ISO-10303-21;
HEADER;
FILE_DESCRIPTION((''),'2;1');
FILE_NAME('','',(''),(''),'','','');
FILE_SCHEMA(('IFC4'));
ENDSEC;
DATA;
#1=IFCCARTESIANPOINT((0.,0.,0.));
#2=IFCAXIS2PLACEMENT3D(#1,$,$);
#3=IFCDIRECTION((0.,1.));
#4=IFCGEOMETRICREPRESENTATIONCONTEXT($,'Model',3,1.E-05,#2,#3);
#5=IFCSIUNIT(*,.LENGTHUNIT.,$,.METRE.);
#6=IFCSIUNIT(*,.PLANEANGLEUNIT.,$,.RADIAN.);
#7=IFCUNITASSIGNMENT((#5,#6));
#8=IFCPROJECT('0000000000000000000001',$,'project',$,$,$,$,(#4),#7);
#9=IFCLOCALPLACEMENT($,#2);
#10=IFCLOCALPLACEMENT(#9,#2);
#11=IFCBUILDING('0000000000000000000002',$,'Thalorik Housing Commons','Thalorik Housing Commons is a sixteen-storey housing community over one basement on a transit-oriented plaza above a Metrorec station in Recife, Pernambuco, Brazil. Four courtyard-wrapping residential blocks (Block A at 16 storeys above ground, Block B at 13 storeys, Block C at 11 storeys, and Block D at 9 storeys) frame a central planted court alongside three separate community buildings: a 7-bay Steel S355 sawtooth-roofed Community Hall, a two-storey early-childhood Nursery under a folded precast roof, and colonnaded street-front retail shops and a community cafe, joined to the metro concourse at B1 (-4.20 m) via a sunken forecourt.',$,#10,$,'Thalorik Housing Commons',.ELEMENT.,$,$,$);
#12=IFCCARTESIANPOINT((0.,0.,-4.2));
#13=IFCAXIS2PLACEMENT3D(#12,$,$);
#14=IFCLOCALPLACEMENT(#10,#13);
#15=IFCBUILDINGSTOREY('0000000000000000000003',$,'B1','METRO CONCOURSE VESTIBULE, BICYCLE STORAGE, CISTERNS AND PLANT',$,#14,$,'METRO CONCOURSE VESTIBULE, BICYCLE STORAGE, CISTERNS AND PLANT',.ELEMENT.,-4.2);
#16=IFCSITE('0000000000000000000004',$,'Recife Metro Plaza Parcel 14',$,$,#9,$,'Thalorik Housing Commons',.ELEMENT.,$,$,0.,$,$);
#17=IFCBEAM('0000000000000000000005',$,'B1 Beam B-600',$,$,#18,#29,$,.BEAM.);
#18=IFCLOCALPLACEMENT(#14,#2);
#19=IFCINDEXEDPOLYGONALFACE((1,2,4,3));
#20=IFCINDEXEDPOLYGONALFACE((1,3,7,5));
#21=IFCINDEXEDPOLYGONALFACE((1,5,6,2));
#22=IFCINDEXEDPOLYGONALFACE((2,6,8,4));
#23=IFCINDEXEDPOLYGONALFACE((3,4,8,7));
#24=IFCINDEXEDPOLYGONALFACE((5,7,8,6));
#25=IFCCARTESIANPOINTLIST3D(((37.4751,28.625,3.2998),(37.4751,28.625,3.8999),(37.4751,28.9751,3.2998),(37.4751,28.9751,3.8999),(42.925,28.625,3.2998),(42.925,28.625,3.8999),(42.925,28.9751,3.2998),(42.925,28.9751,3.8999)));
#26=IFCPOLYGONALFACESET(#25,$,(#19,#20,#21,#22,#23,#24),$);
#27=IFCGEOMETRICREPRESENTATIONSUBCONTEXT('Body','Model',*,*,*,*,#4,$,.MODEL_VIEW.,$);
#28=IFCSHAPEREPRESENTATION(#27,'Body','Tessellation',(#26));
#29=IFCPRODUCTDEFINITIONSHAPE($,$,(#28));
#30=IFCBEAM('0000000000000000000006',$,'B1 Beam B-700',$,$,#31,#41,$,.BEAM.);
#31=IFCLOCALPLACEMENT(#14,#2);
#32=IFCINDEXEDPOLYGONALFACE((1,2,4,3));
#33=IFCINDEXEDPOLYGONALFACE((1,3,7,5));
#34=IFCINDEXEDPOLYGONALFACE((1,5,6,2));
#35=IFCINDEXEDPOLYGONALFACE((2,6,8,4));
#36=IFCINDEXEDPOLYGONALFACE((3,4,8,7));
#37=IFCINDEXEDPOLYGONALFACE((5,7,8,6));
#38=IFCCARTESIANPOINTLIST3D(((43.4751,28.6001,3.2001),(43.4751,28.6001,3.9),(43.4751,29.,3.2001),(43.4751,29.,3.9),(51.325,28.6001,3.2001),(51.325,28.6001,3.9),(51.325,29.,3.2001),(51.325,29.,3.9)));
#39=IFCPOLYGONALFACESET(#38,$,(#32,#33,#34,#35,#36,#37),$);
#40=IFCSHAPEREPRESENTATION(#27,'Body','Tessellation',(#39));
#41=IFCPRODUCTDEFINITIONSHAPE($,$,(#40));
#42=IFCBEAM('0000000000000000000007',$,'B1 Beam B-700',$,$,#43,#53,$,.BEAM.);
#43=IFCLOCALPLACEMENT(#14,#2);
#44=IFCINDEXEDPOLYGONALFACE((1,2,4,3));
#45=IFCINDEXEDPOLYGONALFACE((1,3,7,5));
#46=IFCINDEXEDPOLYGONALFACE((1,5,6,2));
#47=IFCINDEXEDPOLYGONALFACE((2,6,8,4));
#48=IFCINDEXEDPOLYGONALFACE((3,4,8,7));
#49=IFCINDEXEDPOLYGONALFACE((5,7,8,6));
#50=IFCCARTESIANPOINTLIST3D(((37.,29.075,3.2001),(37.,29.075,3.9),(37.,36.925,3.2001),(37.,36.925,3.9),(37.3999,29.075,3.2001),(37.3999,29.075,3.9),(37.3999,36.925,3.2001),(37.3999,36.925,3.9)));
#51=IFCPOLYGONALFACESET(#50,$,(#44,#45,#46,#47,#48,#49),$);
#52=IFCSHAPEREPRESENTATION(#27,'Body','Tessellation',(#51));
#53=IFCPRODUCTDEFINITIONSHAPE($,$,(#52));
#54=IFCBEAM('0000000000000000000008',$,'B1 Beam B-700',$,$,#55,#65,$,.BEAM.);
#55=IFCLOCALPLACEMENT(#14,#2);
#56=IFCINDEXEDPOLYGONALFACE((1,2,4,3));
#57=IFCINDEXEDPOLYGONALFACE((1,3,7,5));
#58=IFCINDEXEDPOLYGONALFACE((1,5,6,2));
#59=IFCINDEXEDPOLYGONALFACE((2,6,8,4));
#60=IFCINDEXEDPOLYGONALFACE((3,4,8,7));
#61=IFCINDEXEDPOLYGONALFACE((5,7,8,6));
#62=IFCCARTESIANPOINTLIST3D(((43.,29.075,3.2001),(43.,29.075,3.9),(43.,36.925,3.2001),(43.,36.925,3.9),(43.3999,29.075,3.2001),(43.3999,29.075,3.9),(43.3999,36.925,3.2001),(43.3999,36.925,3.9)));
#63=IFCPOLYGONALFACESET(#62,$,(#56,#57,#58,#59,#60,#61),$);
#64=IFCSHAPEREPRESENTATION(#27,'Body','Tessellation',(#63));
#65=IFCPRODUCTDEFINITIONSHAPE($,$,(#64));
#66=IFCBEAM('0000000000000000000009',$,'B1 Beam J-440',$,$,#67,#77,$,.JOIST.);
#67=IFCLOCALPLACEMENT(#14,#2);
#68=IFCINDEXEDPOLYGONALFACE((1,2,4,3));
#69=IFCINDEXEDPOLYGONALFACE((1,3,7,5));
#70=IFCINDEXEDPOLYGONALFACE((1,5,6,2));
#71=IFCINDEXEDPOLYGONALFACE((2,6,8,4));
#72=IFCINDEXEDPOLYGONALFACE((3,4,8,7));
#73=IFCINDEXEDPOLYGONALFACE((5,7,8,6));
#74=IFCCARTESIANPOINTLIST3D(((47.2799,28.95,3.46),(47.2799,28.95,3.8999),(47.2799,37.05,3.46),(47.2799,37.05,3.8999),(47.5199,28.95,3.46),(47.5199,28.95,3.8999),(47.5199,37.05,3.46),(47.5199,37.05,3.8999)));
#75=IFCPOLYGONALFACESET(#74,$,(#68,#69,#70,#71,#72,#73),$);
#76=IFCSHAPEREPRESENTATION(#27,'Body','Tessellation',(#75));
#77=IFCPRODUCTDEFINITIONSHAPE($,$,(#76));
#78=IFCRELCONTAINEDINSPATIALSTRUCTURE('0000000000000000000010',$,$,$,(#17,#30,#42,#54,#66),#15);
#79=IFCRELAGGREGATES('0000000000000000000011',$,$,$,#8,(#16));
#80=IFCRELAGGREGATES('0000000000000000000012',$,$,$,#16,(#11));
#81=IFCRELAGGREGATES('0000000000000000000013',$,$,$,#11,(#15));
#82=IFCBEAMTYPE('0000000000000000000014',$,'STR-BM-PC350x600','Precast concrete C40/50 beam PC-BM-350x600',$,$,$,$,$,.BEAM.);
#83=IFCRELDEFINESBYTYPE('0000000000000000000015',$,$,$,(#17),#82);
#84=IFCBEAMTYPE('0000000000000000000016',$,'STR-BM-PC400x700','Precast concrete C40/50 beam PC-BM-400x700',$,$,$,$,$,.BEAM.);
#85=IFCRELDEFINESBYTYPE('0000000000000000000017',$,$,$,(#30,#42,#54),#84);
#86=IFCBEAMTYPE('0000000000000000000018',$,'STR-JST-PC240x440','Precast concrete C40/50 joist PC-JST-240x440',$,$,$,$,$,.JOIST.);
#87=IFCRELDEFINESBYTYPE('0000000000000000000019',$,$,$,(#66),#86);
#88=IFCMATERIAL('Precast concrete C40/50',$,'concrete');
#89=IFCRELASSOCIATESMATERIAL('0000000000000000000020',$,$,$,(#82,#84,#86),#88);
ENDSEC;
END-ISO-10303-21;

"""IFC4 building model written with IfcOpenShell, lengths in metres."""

from ifc_helpers import new_model, si_unit, direction, frame, origin, origin_2d, place, context, subcontext, project, spatial, rectangle, extrude, material, material_profile, profile_set, type_object, element, save


model = new_model("IFC4")

# Units and contexts
model_context = context("Model", 3, precision=1e-05, world=origin(), true_north=direction((0.0, 1.0)))
body_context = subcontext(model_context, "Body", "Model", "MODEL_VIEW")
ifc_project = project(units=[si_unit("LENGTHUNIT", "METRE"), si_unit("PLANEANGLEUNIT", "RADIAN")], contexts=[model_context])

# Site, building, storey
site_placement = place(None, origin())
site = spatial("IfcSite", under=ifc_project, at=site_placement, Name="Recife Metro Plaza Parcel 14", LongName="Thalorik Housing Commons", CompositionType="ELEMENT", RefElevation=0.0)
building_placement = place(site_placement, origin())
building = spatial("IfcBuilding", under=site, at=building_placement, Name="Thalorik Housing Commons", Description="Thalorik Housing Commons is a sixteen-storey housing community over one basement on a transit-oriented plaza above a Metrorec station in Recife, Pernambuco, Brazil. Four courtyard-wrapping residential blocks (Block A at 16 storeys above ground, Block B at 13 storeys, Block C at 11 storeys, and Block D at 9 storeys) frame a central planted court alongside three separate community buildings: a 7-bay Steel S355 sawtooth-roofed Community Hall, a two-storey early-childhood Nursery under a folded precast roof, and colonnaded street-front retail shops and a community cafe, joined to the metro concourse at B1 (-4.20 m) via a sunken forecourt.", LongName="Thalorik Housing Commons", CompositionType="ELEMENT")
storey_placement = place(building_placement, frame((0.0, 0.0, -4.2)))
storey = spatial("IfcBuildingStorey", under=building, at=storey_placement, Name="B1", Description="METRO CONCOURSE VESTIBULE, BICYCLE STORAGE, CISTERNS AND PLANT", LongName="METRO CONCOURSE VESTIBULE, BICYCLE STORAGE, CISTERNS AND PLANT", CompositionType="ELEMENT", Elevation=-4.2)

# Shared definitions
ifc_material_1 = material(Name="Precast concrete C40/50", Category="concrete")

# Beams
ifc_material_profile_1 = material_profile(ifc_material_1, rectangle(XDim=0.3501, YDim=0.6001, at=origin_2d()), Name="PC 350x600", Category="concrete")
ifc_profile_set_1 = profile_set([ifc_material_profile_1], Name="Precast concrete C40/50")
beam_type_1 = type_object("IfcBeamType", Name="STR-BM-PC350x600", Description="Precast concrete C40/50 beam PC-BM-350x600", PredefinedType="BEAM", material=ifc_profile_set_1)
beam_1_placement = place(storey_placement, frame((37.4751, 28.8, 3.5999), z_axis=(1.0, 0.0, 0.0), x_axis=(0.0, 1.0, 0.0)))
element("IfcBeam", 1, at=beam_1_placement, inside=storey, type_object=beam_type_1, Name="B1 Beam B-600", PredefinedType="BEAM", context=body_context, shape_type="SweptSolid", body=[
    extrude(rectangle(XDim=0.3501, YDim=0.6001, at=origin_2d()), origin(), (0.0, 0.0, 1.0), 5.45),
])
ifc_material_profile_2 = material_profile(ifc_material_1, rectangle(XDim=0.3999, YDim=0.7, at=origin_2d()), Name="PC 400x700", Category="concrete")
ifc_profile_set_2 = profile_set([ifc_material_profile_2], Name="Precast concrete C40/50")
beam_type_2 = type_object("IfcBeamType", Name="STR-BM-PC400x700", Description="Precast concrete C40/50 beam PC-BM-400x700", PredefinedType="BEAM", material=ifc_profile_set_2)
beam_2_placement = place(storey_placement, frame((43.4751, 28.8, 3.55), z_axis=(1.0, 0.0, 0.0), x_axis=(0.0, 1.0, 0.0)))
element("IfcBeam", 2, at=beam_2_placement, inside=storey, type_object=beam_type_2, Name="B1 Beam B-700", PredefinedType="BEAM", context=body_context, shape_type="SweptSolid", body=[
    extrude(rectangle(XDim=0.3999, YDim=0.7, at=origin_2d()), origin(), (0.0, 0.0, 1.0), 7.8499),
])
for number, where, z_axis, x_axis, name in (
    (3, (37.2, 29.075, 3.55), (0.0, 1.0, 0.0), (-1.0, 0.0, 0.0), "B1 Beam B-700"),
    (4, (43.2, 29.075, 3.55), (0.0, 1.0, 0.0), (-1.0, 0.0, 0.0), "B1 Beam B-700"),
):
    element("IfcBeam", number, at=place(storey_placement, frame(where, z_axis=z_axis, x_axis=x_axis)), inside=storey, type_object=beam_type_2, Name=name, PredefinedType="BEAM", context=body_context, shape_type="SweptSolid", body=[
        extrude(rectangle(XDim=0.3999, YDim=0.7, at=origin_2d()), origin(), (0.0, 0.0, 1.0), 7.8501),
    ])
ifc_material_profile_3 = material_profile(ifc_material_1, rectangle(XDim=0.24, YDim=0.4399, at=origin_2d()), Name="PC JST 240x440", Category="concrete")
ifc_profile_set_3 = profile_set([ifc_material_profile_3], Name="Precast concrete C40/50")
beam_type_3 = type_object("IfcBeamType", Name="STR-JST-PC240x440", Description="Precast concrete C40/50 joist PC-JST-240x440", PredefinedType="JOIST", material=ifc_profile_set_3)
beam_3_placement = place(storey_placement, frame((47.3999, 28.95, 3.6799), z_axis=(0.0, 1.0, 0.0), x_axis=(-1.0, 0.0, 0.0)))
element("IfcBeam", 5, at=beam_3_placement, inside=storey, type_object=beam_type_3, Name="B1 Beam J-440", PredefinedType="JOIST", context=body_context, shape_type="SweptSolid", body=[
    extrude(rectangle(XDim=0.24, YDim=0.4399, at=origin_2d()), origin(), (0.0, 0.0, 1.0), 8.1001),
])

save(model, "model.ifc")
